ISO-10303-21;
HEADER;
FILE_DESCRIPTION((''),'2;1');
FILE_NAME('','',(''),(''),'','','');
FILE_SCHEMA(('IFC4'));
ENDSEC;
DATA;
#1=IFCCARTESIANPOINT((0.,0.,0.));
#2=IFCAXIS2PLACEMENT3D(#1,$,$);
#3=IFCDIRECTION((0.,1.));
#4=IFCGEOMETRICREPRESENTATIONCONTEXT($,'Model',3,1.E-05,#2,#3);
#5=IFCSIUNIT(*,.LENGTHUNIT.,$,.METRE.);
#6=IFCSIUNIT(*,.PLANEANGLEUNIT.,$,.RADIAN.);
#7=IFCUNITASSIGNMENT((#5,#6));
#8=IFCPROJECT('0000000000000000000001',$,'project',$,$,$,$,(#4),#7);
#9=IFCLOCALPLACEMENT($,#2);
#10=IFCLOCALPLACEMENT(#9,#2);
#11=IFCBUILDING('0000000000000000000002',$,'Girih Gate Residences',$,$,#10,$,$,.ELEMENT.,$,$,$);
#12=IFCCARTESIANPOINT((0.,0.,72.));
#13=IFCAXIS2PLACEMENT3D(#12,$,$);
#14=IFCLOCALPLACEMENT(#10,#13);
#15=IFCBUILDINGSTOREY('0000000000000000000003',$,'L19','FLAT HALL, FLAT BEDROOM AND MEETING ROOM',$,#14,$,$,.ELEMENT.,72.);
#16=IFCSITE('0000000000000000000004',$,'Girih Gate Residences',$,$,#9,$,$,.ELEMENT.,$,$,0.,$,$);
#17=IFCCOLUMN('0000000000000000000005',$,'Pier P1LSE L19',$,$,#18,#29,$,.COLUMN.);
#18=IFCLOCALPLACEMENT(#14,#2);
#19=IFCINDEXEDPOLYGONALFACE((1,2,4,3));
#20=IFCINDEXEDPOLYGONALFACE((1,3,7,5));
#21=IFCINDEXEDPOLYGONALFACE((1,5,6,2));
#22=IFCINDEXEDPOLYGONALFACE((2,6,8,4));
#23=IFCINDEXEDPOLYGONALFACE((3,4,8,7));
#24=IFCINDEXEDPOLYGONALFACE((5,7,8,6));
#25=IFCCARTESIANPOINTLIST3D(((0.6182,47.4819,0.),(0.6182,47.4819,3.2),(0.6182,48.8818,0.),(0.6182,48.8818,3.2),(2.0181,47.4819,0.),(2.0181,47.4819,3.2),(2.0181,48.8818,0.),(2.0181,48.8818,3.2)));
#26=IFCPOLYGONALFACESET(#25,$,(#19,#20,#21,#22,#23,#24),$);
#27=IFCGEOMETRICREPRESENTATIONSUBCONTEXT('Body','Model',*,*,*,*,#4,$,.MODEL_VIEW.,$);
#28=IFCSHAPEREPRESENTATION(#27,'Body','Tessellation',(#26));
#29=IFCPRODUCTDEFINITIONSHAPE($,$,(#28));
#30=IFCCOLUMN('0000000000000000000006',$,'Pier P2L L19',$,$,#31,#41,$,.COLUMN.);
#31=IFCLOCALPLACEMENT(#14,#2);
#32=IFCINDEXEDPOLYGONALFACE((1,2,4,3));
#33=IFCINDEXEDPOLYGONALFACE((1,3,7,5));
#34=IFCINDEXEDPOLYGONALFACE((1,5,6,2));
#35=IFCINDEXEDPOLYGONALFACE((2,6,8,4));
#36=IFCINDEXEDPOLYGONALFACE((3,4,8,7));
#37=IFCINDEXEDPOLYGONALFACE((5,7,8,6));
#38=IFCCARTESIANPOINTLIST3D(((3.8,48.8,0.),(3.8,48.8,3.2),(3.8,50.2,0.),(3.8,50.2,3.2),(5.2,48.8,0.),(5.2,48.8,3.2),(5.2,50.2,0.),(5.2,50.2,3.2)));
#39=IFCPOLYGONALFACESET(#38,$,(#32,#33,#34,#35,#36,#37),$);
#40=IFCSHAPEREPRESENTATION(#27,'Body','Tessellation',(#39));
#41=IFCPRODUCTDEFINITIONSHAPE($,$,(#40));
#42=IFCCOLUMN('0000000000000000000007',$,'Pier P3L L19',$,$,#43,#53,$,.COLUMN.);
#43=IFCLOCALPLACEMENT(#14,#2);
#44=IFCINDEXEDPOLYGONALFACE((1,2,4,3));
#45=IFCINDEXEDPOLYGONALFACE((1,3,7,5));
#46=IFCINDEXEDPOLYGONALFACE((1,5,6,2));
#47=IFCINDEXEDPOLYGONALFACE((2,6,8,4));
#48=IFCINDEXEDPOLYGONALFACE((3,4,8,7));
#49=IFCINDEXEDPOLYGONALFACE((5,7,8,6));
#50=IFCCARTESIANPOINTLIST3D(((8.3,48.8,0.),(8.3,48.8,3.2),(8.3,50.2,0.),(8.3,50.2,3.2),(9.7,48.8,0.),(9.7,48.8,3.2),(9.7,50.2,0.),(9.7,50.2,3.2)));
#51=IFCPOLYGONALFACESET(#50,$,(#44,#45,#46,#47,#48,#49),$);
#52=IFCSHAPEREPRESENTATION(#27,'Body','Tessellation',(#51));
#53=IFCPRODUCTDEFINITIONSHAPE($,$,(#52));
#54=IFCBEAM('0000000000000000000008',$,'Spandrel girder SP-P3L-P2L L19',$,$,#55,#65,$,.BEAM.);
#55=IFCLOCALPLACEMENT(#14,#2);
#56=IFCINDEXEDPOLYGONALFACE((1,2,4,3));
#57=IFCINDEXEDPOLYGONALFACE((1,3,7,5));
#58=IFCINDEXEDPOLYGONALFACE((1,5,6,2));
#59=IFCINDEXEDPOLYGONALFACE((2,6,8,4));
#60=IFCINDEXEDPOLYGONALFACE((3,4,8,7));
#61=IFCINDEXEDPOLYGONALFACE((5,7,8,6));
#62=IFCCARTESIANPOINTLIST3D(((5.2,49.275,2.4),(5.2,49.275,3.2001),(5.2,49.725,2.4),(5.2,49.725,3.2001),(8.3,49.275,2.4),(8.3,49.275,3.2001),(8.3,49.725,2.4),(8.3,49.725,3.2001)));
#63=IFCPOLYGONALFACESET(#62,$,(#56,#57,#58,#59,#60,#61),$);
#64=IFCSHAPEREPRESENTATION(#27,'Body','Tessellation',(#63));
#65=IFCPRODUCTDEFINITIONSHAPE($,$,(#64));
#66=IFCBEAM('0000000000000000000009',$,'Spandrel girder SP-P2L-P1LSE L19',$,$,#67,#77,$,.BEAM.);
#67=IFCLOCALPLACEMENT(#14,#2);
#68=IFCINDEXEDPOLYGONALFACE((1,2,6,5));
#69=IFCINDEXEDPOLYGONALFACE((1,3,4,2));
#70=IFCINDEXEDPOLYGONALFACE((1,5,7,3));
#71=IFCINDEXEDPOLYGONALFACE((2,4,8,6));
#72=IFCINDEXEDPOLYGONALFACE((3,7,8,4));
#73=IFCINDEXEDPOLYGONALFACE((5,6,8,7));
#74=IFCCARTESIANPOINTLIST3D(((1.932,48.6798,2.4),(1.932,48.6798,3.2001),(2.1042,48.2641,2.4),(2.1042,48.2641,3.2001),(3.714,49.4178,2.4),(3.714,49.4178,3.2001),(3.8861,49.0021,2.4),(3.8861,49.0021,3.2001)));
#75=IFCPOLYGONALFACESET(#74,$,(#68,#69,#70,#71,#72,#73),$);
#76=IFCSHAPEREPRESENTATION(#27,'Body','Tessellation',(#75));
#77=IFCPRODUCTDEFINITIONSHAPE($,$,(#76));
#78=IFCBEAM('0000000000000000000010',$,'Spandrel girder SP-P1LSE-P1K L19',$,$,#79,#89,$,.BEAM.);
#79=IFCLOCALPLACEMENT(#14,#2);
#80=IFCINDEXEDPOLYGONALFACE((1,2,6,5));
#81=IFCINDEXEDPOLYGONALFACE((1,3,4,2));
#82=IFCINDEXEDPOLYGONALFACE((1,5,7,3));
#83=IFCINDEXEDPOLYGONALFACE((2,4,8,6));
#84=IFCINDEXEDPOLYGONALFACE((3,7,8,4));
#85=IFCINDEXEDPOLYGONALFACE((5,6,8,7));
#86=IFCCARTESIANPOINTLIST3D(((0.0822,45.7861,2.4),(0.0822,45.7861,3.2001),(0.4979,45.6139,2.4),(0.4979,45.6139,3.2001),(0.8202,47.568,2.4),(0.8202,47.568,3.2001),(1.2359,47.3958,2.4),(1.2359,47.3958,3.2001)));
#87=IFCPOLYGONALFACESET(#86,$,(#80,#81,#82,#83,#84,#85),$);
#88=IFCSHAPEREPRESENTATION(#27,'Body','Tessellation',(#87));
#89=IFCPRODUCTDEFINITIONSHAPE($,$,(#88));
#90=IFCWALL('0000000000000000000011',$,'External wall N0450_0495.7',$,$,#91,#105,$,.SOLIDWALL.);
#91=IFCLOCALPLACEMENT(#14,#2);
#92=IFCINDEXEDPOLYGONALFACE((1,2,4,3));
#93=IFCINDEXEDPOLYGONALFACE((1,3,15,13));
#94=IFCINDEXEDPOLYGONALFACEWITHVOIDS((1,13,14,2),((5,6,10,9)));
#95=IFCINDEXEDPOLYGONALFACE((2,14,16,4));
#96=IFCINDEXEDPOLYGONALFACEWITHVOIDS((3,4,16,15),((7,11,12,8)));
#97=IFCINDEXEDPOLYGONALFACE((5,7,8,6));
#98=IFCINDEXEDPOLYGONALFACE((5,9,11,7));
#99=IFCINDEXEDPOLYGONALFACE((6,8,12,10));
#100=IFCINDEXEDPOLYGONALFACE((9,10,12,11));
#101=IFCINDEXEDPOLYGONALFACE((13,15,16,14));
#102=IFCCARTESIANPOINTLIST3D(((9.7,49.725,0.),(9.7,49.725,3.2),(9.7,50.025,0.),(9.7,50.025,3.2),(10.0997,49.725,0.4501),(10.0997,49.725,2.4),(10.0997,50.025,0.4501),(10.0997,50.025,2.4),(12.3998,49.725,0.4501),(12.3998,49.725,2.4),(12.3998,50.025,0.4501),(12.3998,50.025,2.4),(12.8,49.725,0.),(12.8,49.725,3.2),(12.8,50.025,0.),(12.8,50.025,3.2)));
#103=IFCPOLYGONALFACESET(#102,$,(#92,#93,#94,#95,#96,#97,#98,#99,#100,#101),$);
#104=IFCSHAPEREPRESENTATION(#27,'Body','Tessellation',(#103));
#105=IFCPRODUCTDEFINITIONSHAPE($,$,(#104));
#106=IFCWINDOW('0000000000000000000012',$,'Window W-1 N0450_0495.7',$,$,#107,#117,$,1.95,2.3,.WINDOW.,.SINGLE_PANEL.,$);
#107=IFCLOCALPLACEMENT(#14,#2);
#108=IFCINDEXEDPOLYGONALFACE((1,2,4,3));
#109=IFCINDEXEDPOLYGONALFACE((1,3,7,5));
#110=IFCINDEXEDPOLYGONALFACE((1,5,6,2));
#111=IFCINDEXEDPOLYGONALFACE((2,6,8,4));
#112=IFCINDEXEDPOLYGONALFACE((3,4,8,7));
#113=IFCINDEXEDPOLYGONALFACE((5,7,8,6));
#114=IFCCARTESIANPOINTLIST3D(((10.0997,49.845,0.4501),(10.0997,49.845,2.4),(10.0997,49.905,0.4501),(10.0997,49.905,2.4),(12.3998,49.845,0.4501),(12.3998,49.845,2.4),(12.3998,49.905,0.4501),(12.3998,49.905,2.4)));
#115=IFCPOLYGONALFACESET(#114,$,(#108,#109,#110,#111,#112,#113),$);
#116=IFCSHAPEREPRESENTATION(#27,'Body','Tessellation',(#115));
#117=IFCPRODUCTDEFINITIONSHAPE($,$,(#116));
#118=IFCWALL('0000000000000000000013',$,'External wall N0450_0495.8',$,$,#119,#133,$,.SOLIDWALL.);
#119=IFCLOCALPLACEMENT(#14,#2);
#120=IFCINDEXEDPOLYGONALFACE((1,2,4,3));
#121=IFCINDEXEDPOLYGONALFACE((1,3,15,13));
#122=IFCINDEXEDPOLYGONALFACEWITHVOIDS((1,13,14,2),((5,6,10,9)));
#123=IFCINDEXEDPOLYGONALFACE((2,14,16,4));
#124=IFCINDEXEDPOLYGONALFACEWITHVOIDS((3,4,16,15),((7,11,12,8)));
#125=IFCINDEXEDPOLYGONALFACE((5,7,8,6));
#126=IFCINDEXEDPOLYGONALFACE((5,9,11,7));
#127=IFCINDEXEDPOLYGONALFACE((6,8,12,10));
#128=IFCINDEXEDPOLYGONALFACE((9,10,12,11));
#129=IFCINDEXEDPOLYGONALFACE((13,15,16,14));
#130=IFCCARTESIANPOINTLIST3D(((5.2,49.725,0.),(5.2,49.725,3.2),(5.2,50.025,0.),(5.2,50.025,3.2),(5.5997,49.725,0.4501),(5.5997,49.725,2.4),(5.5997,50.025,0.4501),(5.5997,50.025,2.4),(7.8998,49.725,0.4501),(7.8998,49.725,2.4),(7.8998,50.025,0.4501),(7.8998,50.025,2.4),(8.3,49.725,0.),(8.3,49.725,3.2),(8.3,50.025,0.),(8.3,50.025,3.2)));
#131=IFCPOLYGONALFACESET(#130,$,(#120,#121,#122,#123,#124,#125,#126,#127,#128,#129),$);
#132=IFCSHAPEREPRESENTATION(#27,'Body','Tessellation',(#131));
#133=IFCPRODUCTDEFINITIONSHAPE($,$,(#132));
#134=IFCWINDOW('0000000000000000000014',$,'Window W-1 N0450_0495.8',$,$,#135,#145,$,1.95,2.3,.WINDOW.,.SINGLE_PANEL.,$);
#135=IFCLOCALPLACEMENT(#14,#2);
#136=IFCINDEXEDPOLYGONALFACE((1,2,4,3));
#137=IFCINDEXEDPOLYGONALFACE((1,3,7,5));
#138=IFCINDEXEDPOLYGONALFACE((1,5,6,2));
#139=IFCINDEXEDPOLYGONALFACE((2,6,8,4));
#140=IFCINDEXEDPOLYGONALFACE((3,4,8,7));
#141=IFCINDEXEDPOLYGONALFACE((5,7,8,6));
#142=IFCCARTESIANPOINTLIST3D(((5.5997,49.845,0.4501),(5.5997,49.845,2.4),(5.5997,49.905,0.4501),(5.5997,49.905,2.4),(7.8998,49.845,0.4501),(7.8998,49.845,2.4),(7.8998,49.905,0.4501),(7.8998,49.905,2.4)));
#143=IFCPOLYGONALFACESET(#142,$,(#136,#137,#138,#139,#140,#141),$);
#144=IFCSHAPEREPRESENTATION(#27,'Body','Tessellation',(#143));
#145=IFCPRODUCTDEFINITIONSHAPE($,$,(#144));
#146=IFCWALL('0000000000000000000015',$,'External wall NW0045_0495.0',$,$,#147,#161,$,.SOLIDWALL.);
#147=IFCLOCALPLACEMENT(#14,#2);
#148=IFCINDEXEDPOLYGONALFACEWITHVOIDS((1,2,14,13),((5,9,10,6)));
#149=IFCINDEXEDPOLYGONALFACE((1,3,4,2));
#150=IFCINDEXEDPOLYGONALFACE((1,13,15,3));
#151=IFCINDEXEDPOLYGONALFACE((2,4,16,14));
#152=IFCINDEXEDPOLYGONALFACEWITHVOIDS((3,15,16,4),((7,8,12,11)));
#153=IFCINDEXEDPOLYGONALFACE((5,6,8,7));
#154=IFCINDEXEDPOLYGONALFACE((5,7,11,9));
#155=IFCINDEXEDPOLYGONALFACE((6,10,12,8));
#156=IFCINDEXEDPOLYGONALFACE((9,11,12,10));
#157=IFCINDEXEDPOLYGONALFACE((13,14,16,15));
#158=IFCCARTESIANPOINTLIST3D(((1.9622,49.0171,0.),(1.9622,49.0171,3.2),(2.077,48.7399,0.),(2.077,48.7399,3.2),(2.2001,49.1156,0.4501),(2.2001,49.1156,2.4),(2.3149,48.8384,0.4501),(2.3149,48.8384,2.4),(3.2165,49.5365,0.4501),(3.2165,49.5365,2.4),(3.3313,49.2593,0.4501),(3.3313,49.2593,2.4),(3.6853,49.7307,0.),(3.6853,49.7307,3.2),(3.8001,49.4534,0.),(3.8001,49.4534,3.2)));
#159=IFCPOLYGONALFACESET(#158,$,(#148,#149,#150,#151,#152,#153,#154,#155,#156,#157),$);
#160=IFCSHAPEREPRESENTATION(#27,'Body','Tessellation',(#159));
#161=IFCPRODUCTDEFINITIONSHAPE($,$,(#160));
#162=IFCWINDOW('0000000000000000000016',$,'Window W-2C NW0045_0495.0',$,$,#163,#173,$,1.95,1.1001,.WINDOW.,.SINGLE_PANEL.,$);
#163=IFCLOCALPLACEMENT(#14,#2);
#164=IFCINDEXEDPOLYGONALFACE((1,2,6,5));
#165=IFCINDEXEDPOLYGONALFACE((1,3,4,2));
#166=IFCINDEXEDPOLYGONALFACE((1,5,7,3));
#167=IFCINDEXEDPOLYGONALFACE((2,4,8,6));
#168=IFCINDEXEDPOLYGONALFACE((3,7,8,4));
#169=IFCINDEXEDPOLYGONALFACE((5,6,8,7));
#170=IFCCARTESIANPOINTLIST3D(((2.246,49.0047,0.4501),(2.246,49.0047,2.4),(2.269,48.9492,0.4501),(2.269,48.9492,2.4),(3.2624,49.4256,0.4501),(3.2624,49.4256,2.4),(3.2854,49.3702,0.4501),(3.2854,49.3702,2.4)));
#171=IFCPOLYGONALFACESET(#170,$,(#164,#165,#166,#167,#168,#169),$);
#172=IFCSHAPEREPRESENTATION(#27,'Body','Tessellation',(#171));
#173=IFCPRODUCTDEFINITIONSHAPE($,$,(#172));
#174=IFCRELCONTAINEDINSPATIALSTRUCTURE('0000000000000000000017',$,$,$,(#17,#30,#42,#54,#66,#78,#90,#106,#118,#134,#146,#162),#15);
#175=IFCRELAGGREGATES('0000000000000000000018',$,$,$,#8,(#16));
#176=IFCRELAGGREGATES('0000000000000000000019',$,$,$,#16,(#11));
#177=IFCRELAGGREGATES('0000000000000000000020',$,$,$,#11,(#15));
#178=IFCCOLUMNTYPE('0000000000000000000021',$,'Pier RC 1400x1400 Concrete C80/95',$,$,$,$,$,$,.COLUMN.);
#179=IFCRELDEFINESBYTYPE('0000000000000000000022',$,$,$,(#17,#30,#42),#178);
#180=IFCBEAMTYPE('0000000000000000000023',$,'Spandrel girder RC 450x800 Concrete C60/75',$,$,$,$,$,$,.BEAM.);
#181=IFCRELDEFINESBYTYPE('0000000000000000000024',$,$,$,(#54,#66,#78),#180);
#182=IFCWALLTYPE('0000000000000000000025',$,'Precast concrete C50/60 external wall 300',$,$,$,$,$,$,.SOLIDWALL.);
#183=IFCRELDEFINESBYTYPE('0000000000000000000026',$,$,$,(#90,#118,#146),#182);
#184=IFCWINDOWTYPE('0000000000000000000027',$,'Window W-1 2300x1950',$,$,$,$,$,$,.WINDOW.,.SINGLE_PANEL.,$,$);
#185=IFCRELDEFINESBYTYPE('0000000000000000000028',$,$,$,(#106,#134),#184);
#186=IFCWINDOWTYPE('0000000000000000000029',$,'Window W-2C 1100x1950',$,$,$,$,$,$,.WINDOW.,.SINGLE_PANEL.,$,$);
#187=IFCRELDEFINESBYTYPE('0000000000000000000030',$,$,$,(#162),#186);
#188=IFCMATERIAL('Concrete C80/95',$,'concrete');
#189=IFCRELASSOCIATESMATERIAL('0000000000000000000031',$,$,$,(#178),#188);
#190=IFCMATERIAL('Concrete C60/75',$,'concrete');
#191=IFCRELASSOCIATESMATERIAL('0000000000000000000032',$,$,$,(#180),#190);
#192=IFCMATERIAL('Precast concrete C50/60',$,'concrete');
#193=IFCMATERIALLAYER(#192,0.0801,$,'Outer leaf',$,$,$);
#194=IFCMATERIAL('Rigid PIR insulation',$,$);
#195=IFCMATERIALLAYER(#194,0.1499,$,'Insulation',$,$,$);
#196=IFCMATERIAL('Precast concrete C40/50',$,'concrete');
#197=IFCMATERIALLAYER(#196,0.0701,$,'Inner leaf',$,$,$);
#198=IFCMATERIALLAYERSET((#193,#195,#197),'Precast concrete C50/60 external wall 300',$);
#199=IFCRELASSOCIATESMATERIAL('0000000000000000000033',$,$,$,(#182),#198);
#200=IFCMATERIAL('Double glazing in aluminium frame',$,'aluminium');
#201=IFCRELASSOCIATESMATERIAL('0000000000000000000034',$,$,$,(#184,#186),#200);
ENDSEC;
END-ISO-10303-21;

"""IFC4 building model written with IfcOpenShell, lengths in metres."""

from ifc_helpers import new_model, si_unit, direction, frame, frame_2d, origin, origin_2d, place, context, subcontext, project, spatial, rectangle, extrude, material, layer, layer_set, material_profile, profile_set, type_object, element, fill, save


model = new_model("IFC4")

# Units and contexts
model_context = context("Model", 3, precision=1e-05, world=origin(), true_north=direction((0.0, 1.0)))
body_context = subcontext(model_context, "Body", "Model", "MODEL_VIEW")
ifc_project = project(units=[si_unit("LENGTHUNIT", "METRE"), si_unit("PLANEANGLEUNIT", "RADIAN")], contexts=[model_context])

# Site, building, storey
site_placement = place(None, origin())
site = spatial("IfcSite", under=ifc_project, at=site_placement, Name="Girih Gate Residences", CompositionType="ELEMENT", RefElevation=0.0)
building_placement = place(site_placement, origin())
building = spatial("IfcBuilding", under=site, at=building_placement, Name="Girih Gate Residences", CompositionType="ELEMENT")
storey_placement = place(building_placement, frame((0.0, 0.0, 72.0)))
storey = spatial("IfcBuildingStorey", under=building, at=storey_placement, Name="L19", Description="FLAT HALL, FLAT BEDROOM AND MEETING ROOM", CompositionType="ELEMENT", Elevation=72.0)

# Columns
ifc_material_1 = material(Name="Concrete C80/95", Category="concrete")
ifc_material_profile_1 = material_profile(ifc_material_1, rectangle(XDim=1.3999, YDim=1.3999, at=origin_2d()))
ifc_profile_set_1 = profile_set([ifc_material_profile_1], Name="Concrete C80/95")
column_type = type_object("IfcColumnType", Name="Pier RC 1400x1400 Concrete C80/95", PredefinedType="COLUMN", material=ifc_profile_set_1)
for number, where, z_axis, x_axis, name in (
    (1, (1.3181, 48.1819, 0.0), (0.0, 0.0, 1.0), (1.0, 0.0, 0.0), "Pier P1LSE L19"),
    (2, (4.5, 49.5, 0.0), (0.0, 0.0, 1.0), (1.0, 0.0, 0.0), "Pier P2L L19"),
    (3, (9.0, 49.5, 0.0), (0.0, 0.0, 1.0), (1.0, 0.0, 0.0), "Pier P3L L19"),
):
    element("IfcColumn", number, at=place(storey_placement, frame(where, z_axis=z_axis, x_axis=x_axis)), inside=storey, type_object=column_type, Name=name, PredefinedType="COLUMN", context=body_context, shape_type="SweptSolid", body=[
        extrude(rectangle(XDim=1.3999, YDim=1.3999, at=origin_2d()), origin(), (0.0, 0.0, 1.0), 3.2),
    ])

# Beams
ifc_material_2 = material(Name="Concrete C60/75", Category="concrete")
ifc_material_profile_2 = material_profile(ifc_material_2, rectangle(XDim=0.45, YDim=0.8, at=origin_2d()))
ifc_profile_set_2 = profile_set([ifc_material_profile_2], Name="Concrete C60/75")
beam_type = type_object("IfcBeamType", Name="Spandrel girder RC 450x800 Concrete C60/75", PredefinedType="BEAM", material=ifc_profile_set_2)
beam_placement = place(storey_placement, frame((8.3, 49.5, 2.8), z_axis=(-1.0, 0.0, 0.0), x_axis=(0.0, -1.0, 0.0)))
element("IfcBeam", 4, at=beam_placement, inside=storey, type_object=beam_type, Name="Spandrel girder SP-P3L-P2L L19", PredefinedType="BEAM", context=body_context, shape_type="SweptSolid", body=[
    extrude(rectangle(XDim=0.45, YDim=0.8, at=origin_2d()), origin(), (0.0, 0.0, 1.0), 3.1001),
])
for number, where, z_axis, x_axis, name in (
    (5, (3.8, 49.21, 2.8), (-0.923895, -0.382646, 0.0), (0.382646, -0.923895, 0.0), "Spandrel girder SP-P2L-P1LSE L19"),
    (6, (1.0281, 47.4819, 2.8), (-0.382646, -0.923895, 0.0), (0.923895, -0.382646, 0.0), "Spandrel girder SP-P1LSE-P1K L19"),
):
    element("IfcBeam", number, at=place(storey_placement, frame(where, z_axis=z_axis, x_axis=x_axis)), inside=storey, type_object=beam_type, Name=name, PredefinedType="BEAM", context=body_context, shape_type="SweptSolid", body=[
        extrude(rectangle(XDim=0.45, YDim=0.8, at=origin_2d()), origin(), (0.0, 0.0, 1.0), 1.9287),
    ])

# Walls, openings, windows
ifc_material_3 = material(Name="Precast concrete C50/60", Category="concrete")
ifc_layer_1 = layer(ifc_material_3, 0.0801, Name="Outer leaf")
ifc_material_4 = material(Name="Rigid PIR insulation")
ifc_layer_2 = layer(ifc_material_4, 0.1499, Name="Insulation")
ifc_material_5 = material(Name="Precast concrete C40/50", Category="concrete")
ifc_layer_3 = layer(ifc_material_5, 0.0701, Name="Inner leaf")
ifc_layer_set = layer_set([ifc_layer_1, ifc_layer_2, ifc_layer_3], Name="Precast concrete C50/60 external wall 300")
wall_type = type_object("IfcWallType", Name="Precast concrete C50/60 external wall 300", PredefinedType="SOLIDWALL", material=ifc_layer_set)
wall_1_placement = place(storey_placement, frame((9.7, 49.875, 0.0), z_axis=(0.0, 0.0, 1.0), x_axis=(1.0, 0.0, 0.0)))
wall_1 = element("IfcWall", 7, at=wall_1_placement, inside=storey, type_object=wall_type, Name="External wall N0450_0495.7", PredefinedType="SOLIDWALL", context=body_context, shape_type="SweptSolid", body=[
    extrude(rectangle(XDim=3.1001, YDim=0.3, at=frame_2d((1.55, 0.0))), origin(), (0.0, 0.0, 1.0), 3.2),
])
opening_1_placement = place(wall_1_placement, frame((0.3999, 0.0, 0.45)))
opening_1 = element("IfcOpeningElement", 8, at=opening_1_placement, cuts=wall_1, PredefinedType="OPENING", context=body_context, shape_type="SweptSolid", body=[
    extrude(rectangle(XDim=2.3, YDim=1.95, at=frame_2d((1.1499, 0.9751))), frame((0.0, 0.1599, 0.0), z_axis=(0.0, -1.0, 0.0), x_axis=(1.0, 0.0, 0.0)), (0.0, 0.0, 1.0), 0.3201),
])
ifc_material_6 = material(Name="Double glazing in aluminium frame", Category="aluminium")
window_type_1 = type_object("IfcWindowType", Name="Window W-1 2300x1950", PartitioningType="SINGLE_PANEL", PredefinedType="WINDOW", material=ifc_material_6)
window_1_placement = place(opening_1_placement, origin())
window_1 = element("IfcWindow", 9, at=window_1_placement, inside=storey, type_object=window_type_1, Name="Window W-1 N0450_0495.7", OverallHeight=1.95, OverallWidth=2.3, PartitioningType="SINGLE_PANEL", PredefinedType="WINDOW", context=body_context, shape_type="SweptSolid", body=[
    extrude(rectangle(XDim=2.3, YDim=1.95, at=frame_2d((1.1499, 0.9751))), frame((0.0, 0.03, 0.0), z_axis=(0.0, -1.0, 0.0), x_axis=(1.0, 0.0, 0.0)), (0.0, 0.0, 1.0), 0.0601),
])
fill(opening_1, window_1)
wall_2_placement = place(storey_placement, frame((5.2, 49.875, 0.0), z_axis=(0.0, 0.0, 1.0), x_axis=(1.0, 0.0, 0.0)))
wall_2 = element("IfcWall", 10, at=wall_2_placement, inside=storey, type_object=wall_type, Name="External wall N0450_0495.8", PredefinedType="SOLIDWALL", context=body_context, shape_type="SweptSolid", body=[
    extrude(rectangle(XDim=3.1001, YDim=0.3, at=frame_2d((1.55, 0.0))), origin(), (0.0, 0.0, 1.0), 3.2),
])
opening_2_placement = place(wall_2_placement, frame((0.3999, 0.0, 0.45)))
opening_2 = element("IfcOpeningElement", 11, at=opening_2_placement, cuts=wall_2, PredefinedType="OPENING", context=body_context, shape_type="SweptSolid", body=[
    extrude(rectangle(XDim=2.3, YDim=1.95, at=frame_2d((1.1499, 0.9751))), frame((0.0, 0.1599, 0.0), z_axis=(0.0, -1.0, 0.0), x_axis=(1.0, 0.0, 0.0)), (0.0, 0.0, 1.0), 0.3201),
])
window_2_placement = place(opening_2_placement, origin())
window_2 = element("IfcWindow", 12, at=window_2_placement, inside=storey, type_object=window_type_1, Name="Window W-1 N0450_0495.8", OverallHeight=1.95, OverallWidth=2.3, PartitioningType="SINGLE_PANEL", PredefinedType="WINDOW", context=body_context, shape_type="SweptSolid", body=[
    extrude(rectangle(XDim=2.3, YDim=1.95, at=frame_2d((1.1499, 0.9751))), frame((0.0, 0.03, 0.0), z_axis=(0.0, -1.0, 0.0), x_axis=(1.0, 0.0, 0.0)), (0.0, 0.0, 1.0), 0.0601),
])
fill(opening_2, window_2)
wall_3_placement = place(storey_placement, frame((2.0195, 48.8784, 0.0), z_axis=(0.0, 0.0, 1.0), x_axis=(0.923904, 0.382625, 0.0)))
wall_3 = element("IfcWall", 13, at=wall_3_placement, inside=storey, type_object=wall_type, Name="External wall NW0045_0495.0", PredefinedType="SOLIDWALL", context=body_context, shape_type="SweptSolid", body=[
    extrude(rectangle(XDim=1.865, YDim=0.3, at=frame_2d((0.9326, 0.0))), origin(), (0.0, 0.0, 1.0), 3.2),
])
opening_3_placement = place(wall_3_placement, frame((0.2576, 0.0, 0.45)))
opening_3 = element("IfcOpeningElement", 14, at=opening_3_placement, cuts=wall_3, PredefinedType="OPENING", context=body_context, shape_type="SweptSolid", body=[
    extrude(rectangle(XDim=1.1001, YDim=1.95, at=frame_2d((0.55, 0.9751))), frame((0.0, 0.1599, 0.0), z_axis=(0.0, -1.0, 0.0), x_axis=(1.0, 0.0, 0.0)), (0.0, 0.0, 1.0), 0.3201),
])
window_type_2 = type_object("IfcWindowType", Name="Window W-2C 1100x1950", PartitioningType="SINGLE_PANEL", PredefinedType="WINDOW", material=ifc_material_6)
window_3_placement = place(opening_3_placement, origin())
window_3 = element("IfcWindow", 15, at=window_3_placement, inside=storey, type_object=window_type_2, Name="Window W-2C NW0045_0495.0", OverallHeight=1.95, OverallWidth=1.1001, PartitioningType="SINGLE_PANEL", PredefinedType="WINDOW", context=body_context, shape_type="SweptSolid", body=[
    extrude(rectangle(XDim=1.1001, YDim=1.95, at=frame_2d((0.55, 0.9751))), frame((0.0, 0.03, 0.0), z_axis=(0.0, -1.0, 0.0), x_axis=(1.0, 0.0, 0.0)), (0.0, 0.0, 1.0), 0.0601),
])
fill(opening_3, window_3)

save(model, "model.ifc")
